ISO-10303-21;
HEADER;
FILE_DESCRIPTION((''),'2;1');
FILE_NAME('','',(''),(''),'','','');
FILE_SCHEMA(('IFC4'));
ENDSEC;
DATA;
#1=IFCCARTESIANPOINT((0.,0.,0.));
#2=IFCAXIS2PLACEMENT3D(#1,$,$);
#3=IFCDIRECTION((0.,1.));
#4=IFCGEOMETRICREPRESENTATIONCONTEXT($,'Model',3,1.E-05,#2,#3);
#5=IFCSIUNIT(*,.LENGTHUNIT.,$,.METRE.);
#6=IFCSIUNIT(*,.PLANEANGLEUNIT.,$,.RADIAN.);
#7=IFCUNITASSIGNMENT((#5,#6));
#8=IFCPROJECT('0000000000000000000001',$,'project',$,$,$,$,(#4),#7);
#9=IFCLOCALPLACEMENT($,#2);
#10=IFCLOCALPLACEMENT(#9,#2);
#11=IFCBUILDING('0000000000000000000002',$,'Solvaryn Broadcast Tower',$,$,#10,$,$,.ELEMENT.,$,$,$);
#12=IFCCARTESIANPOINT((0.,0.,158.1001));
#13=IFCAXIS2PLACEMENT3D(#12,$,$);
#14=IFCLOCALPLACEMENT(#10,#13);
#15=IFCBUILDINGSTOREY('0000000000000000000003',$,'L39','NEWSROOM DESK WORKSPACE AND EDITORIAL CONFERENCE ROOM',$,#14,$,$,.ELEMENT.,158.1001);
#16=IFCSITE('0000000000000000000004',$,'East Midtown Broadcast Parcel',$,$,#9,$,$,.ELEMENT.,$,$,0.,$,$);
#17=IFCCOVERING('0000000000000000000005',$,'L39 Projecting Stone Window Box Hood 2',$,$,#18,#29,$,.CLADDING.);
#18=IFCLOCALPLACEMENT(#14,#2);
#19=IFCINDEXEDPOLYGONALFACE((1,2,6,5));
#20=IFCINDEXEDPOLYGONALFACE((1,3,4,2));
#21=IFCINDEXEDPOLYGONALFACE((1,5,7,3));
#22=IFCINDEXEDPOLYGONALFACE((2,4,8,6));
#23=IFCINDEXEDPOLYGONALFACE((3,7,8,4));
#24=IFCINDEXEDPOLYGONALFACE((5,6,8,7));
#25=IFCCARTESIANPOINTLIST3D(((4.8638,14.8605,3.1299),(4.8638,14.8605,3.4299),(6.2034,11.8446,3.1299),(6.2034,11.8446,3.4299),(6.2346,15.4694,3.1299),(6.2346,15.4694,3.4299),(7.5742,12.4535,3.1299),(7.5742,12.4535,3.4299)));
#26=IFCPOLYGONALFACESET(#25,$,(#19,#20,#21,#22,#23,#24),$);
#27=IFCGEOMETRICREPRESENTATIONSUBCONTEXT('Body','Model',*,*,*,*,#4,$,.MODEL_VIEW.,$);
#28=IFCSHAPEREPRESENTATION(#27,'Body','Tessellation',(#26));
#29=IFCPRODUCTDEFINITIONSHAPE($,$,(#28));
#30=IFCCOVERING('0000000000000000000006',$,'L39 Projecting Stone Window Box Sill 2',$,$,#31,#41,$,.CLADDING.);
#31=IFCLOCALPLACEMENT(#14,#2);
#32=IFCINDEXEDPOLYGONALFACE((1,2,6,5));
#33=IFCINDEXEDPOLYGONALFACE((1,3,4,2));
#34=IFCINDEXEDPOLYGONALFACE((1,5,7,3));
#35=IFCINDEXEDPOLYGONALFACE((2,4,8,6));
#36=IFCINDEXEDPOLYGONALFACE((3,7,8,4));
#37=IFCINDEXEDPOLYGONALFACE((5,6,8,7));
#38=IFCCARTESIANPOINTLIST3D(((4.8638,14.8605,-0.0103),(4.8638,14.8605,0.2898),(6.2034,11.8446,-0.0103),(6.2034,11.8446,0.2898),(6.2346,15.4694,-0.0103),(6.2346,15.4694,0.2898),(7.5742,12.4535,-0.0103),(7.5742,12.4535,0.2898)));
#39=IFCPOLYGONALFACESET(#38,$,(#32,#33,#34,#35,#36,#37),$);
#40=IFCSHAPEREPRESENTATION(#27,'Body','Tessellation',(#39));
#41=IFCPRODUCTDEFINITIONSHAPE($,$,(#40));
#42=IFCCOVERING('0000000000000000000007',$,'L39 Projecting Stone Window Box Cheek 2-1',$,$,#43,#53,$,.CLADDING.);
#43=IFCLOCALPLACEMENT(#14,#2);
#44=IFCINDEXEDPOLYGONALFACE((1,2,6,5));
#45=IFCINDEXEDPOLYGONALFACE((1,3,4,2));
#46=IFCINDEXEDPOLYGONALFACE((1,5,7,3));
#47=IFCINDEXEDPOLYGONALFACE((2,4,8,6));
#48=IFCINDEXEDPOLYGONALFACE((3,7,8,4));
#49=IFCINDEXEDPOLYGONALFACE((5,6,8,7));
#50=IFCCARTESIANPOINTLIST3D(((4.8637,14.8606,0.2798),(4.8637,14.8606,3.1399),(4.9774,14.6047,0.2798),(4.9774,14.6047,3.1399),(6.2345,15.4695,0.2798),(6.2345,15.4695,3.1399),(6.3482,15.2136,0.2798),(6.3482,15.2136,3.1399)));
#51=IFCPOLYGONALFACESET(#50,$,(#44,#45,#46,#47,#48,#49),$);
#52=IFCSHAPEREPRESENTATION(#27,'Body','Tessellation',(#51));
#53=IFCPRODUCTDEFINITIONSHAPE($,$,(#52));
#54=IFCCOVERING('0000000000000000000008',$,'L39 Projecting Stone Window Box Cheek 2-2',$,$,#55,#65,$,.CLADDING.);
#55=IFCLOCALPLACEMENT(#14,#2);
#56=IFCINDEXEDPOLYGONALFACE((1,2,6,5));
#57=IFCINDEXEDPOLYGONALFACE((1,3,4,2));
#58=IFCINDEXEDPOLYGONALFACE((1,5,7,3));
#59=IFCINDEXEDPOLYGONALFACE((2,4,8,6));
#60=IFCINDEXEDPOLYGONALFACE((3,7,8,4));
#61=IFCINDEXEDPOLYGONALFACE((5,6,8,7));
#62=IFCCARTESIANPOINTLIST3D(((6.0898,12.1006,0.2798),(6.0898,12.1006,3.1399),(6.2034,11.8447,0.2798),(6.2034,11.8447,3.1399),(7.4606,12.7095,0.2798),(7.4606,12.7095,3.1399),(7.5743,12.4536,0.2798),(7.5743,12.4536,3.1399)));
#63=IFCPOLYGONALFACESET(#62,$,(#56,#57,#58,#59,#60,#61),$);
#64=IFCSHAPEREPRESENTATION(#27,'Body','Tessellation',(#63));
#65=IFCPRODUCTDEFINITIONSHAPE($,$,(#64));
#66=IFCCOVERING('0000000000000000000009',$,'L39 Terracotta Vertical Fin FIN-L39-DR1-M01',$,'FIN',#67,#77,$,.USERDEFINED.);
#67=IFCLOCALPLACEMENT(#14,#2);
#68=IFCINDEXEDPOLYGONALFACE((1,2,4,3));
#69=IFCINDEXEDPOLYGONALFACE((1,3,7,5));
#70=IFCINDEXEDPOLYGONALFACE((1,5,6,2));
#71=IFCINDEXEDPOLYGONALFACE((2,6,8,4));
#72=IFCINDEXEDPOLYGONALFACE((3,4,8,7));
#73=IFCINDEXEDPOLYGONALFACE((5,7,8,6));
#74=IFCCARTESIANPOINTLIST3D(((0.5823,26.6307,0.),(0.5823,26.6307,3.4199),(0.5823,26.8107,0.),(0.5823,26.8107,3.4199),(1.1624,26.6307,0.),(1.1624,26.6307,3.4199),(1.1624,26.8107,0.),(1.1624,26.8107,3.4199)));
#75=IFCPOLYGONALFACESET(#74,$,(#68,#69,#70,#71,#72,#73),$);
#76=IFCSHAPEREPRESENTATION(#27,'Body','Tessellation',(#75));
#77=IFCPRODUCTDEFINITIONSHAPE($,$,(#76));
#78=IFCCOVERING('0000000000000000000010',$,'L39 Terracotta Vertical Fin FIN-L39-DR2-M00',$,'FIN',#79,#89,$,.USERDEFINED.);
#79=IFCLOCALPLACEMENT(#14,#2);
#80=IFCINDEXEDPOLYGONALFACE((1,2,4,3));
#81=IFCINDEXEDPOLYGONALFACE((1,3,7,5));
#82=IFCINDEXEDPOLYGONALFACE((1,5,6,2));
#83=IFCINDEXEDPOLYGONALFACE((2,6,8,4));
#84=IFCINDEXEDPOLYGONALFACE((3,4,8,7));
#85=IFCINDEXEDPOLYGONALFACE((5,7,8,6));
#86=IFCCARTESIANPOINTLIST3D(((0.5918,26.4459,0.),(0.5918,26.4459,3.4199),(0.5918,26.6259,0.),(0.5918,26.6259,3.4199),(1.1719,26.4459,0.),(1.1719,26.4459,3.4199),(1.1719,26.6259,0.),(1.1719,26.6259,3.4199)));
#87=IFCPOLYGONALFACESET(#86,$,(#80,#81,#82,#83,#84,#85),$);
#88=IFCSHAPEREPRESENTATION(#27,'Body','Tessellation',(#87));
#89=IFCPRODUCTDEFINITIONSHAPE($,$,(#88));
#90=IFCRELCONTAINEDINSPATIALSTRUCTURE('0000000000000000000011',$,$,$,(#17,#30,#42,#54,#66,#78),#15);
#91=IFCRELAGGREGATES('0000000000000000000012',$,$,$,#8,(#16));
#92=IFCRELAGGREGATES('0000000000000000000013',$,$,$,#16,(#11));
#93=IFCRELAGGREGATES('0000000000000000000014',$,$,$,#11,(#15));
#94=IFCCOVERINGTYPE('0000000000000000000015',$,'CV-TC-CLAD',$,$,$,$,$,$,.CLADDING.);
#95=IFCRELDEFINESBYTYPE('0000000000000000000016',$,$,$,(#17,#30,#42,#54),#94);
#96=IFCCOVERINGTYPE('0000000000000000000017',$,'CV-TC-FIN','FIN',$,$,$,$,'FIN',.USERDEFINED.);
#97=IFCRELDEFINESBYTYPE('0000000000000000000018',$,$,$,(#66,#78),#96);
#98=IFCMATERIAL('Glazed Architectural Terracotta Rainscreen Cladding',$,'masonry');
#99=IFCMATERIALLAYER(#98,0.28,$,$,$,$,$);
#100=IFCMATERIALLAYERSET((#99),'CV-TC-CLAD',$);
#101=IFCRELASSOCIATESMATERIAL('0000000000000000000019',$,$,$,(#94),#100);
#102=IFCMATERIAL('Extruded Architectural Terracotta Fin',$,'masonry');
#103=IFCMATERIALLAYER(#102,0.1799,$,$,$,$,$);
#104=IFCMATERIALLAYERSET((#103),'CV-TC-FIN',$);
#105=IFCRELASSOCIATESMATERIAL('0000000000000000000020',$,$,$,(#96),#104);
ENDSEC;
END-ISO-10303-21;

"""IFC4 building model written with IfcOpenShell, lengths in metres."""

from ifc_helpers import new_model, si_unit, direction, frame, origin, origin_2d, place, context, subcontext, project, spatial, rectangle, extrude, material, layer, layer_set, type_object, element, save


model = new_model("IFC4")

# Units and contexts
model_context = context("Model", 3, precision=1e-05, world=origin(), true_north=direction((0.0, 1.0)))
body_context = subcontext(model_context, "Body", "Model", "MODEL_VIEW")
ifc_project = project(units=[si_unit("LENGTHUNIT", "METRE"), si_unit("PLANEANGLEUNIT", "RADIAN")], contexts=[model_context])

# Site, building, storey
site_placement = place(None, origin())
site = spatial("IfcSite", under=ifc_project, at=site_placement, Name="East Midtown Broadcast Parcel", CompositionType="ELEMENT", RefElevation=0.0)
building_placement = place(site_placement, origin())
building = spatial("IfcBuilding", under=site, at=building_placement, Name="Solvaryn Broadcast Tower", CompositionType="ELEMENT")
storey_placement = place(building_placement, frame((0.0, 0.0, 158.1001)))
storey = spatial("IfcBuildingStorey", under=building, at=storey_placement, Name="L39", Description="NEWSROOM DESK WORKSPACE AND EDITORIAL CONFERENCE ROOM", CompositionType="ELEMENT", Elevation=158.1001)

# Coverings
ifc_material_1 = material(Name="Glazed Architectural Terracotta Rainscreen Cladding", Category="masonry")
ifc_layer_1 = layer(ifc_material_1, 0.28)
ifc_layer_set_1 = layer_set([ifc_layer_1], Name="CV-TC-CLAD")
covering_type_1 = type_object("IfcCoveringType", Name="CV-TC-CLAD", PredefinedType="CLADDING", material=ifc_layer_set_1)
for number, where, z_axis, x_axis, name in (
    (1, (6.219, 13.657, 3.1299), (0.0, 0.0, 1.0), (0.405939, -0.9139, 0.0), "L39 Projecting Stone Window Box Hood 2"),
    (2, (6.219, 13.657, -0.0103), (0.0, 0.0, 1.0), (0.405939, -0.9139, 0.0), "L39 Projecting Stone Window Box Sill 2"),
):
    element("IfcCovering", number, at=place(storey_placement, frame(where, z_axis=z_axis, x_axis=x_axis)), inside=storey, type_object=covering_type_1, Name=name, PredefinedType="CLADDING", context=body_context, shape_type="SweptSolid", body=[
        extrude(rectangle(XDim=3.3, YDim=1.5, at=origin_2d()), origin(), (0.0, 0.0, 1.0), 0.3),
    ])
for number, where, z_axis, x_axis, name in (
    (3, (5.606, 15.0371, 0.2798), (0.0, 0.0, 1.0), (0.405939, -0.9139, 0.0), "L39 Projecting Stone Window Box Cheek 2-1"),
    (4, (6.832, 12.2771, 0.2798), (0.0, 0.0, 1.0), (0.405939, -0.9139, 0.0), "L39 Projecting Stone Window Box Cheek 2-2"),
):
    element("IfcCovering", number, at=place(storey_placement, frame(where, z_axis=z_axis, x_axis=x_axis)), inside=storey, type_object=covering_type_1, Name=name, PredefinedType="CLADDING", context=body_context, shape_type="SweptSolid", body=[
        extrude(rectangle(XDim=0.28, YDim=1.5, at=origin_2d()), origin(), (0.0, 0.0, 1.0), 2.8601),
    ])
ifc_material_2 = material(Name="Extruded Architectural Terracotta Fin", Category="masonry")
ifc_layer_2 = layer(ifc_material_2, 0.1799)
ifc_layer_set_2 = layer_set([ifc_layer_2], Name="CV-TC-FIN")
covering_type_2 = type_object("IfcCoveringType", Name="CV-TC-FIN", Description="FIN", ElementType="FIN", PredefinedType="USERDEFINED", material=ifc_layer_set_2)
for number, where, z_axis, x_axis, name in (
    (5, (0.8723, 26.7207, 0.0), (0.0, 0.0, 1.0), (1.0, 0.0, 0.0), "L39 Terracotta Vertical Fin FIN-L39-DR1-M01"),
    (6, (0.8818, 26.5359, 0.0), (0.0, 0.0, 1.0), (1.0, 0.0, 0.0), "L39 Terracotta Vertical Fin FIN-L39-DR2-M00"),
):
    element("IfcCovering", number, at=place(storey_placement, frame(where, z_axis=z_axis, x_axis=x_axis)), inside=storey, type_object=covering_type_2, Name=name, ObjectType="FIN", PredefinedType="USERDEFINED", context=body_context, shape_type="SweptSolid", body=[
        extrude(rectangle(XDim=0.5801, YDim=0.1799, at=origin_2d()), origin(), (0.0, 0.0, 1.0), 3.4199),
    ])

save(model, "model.ifc")
